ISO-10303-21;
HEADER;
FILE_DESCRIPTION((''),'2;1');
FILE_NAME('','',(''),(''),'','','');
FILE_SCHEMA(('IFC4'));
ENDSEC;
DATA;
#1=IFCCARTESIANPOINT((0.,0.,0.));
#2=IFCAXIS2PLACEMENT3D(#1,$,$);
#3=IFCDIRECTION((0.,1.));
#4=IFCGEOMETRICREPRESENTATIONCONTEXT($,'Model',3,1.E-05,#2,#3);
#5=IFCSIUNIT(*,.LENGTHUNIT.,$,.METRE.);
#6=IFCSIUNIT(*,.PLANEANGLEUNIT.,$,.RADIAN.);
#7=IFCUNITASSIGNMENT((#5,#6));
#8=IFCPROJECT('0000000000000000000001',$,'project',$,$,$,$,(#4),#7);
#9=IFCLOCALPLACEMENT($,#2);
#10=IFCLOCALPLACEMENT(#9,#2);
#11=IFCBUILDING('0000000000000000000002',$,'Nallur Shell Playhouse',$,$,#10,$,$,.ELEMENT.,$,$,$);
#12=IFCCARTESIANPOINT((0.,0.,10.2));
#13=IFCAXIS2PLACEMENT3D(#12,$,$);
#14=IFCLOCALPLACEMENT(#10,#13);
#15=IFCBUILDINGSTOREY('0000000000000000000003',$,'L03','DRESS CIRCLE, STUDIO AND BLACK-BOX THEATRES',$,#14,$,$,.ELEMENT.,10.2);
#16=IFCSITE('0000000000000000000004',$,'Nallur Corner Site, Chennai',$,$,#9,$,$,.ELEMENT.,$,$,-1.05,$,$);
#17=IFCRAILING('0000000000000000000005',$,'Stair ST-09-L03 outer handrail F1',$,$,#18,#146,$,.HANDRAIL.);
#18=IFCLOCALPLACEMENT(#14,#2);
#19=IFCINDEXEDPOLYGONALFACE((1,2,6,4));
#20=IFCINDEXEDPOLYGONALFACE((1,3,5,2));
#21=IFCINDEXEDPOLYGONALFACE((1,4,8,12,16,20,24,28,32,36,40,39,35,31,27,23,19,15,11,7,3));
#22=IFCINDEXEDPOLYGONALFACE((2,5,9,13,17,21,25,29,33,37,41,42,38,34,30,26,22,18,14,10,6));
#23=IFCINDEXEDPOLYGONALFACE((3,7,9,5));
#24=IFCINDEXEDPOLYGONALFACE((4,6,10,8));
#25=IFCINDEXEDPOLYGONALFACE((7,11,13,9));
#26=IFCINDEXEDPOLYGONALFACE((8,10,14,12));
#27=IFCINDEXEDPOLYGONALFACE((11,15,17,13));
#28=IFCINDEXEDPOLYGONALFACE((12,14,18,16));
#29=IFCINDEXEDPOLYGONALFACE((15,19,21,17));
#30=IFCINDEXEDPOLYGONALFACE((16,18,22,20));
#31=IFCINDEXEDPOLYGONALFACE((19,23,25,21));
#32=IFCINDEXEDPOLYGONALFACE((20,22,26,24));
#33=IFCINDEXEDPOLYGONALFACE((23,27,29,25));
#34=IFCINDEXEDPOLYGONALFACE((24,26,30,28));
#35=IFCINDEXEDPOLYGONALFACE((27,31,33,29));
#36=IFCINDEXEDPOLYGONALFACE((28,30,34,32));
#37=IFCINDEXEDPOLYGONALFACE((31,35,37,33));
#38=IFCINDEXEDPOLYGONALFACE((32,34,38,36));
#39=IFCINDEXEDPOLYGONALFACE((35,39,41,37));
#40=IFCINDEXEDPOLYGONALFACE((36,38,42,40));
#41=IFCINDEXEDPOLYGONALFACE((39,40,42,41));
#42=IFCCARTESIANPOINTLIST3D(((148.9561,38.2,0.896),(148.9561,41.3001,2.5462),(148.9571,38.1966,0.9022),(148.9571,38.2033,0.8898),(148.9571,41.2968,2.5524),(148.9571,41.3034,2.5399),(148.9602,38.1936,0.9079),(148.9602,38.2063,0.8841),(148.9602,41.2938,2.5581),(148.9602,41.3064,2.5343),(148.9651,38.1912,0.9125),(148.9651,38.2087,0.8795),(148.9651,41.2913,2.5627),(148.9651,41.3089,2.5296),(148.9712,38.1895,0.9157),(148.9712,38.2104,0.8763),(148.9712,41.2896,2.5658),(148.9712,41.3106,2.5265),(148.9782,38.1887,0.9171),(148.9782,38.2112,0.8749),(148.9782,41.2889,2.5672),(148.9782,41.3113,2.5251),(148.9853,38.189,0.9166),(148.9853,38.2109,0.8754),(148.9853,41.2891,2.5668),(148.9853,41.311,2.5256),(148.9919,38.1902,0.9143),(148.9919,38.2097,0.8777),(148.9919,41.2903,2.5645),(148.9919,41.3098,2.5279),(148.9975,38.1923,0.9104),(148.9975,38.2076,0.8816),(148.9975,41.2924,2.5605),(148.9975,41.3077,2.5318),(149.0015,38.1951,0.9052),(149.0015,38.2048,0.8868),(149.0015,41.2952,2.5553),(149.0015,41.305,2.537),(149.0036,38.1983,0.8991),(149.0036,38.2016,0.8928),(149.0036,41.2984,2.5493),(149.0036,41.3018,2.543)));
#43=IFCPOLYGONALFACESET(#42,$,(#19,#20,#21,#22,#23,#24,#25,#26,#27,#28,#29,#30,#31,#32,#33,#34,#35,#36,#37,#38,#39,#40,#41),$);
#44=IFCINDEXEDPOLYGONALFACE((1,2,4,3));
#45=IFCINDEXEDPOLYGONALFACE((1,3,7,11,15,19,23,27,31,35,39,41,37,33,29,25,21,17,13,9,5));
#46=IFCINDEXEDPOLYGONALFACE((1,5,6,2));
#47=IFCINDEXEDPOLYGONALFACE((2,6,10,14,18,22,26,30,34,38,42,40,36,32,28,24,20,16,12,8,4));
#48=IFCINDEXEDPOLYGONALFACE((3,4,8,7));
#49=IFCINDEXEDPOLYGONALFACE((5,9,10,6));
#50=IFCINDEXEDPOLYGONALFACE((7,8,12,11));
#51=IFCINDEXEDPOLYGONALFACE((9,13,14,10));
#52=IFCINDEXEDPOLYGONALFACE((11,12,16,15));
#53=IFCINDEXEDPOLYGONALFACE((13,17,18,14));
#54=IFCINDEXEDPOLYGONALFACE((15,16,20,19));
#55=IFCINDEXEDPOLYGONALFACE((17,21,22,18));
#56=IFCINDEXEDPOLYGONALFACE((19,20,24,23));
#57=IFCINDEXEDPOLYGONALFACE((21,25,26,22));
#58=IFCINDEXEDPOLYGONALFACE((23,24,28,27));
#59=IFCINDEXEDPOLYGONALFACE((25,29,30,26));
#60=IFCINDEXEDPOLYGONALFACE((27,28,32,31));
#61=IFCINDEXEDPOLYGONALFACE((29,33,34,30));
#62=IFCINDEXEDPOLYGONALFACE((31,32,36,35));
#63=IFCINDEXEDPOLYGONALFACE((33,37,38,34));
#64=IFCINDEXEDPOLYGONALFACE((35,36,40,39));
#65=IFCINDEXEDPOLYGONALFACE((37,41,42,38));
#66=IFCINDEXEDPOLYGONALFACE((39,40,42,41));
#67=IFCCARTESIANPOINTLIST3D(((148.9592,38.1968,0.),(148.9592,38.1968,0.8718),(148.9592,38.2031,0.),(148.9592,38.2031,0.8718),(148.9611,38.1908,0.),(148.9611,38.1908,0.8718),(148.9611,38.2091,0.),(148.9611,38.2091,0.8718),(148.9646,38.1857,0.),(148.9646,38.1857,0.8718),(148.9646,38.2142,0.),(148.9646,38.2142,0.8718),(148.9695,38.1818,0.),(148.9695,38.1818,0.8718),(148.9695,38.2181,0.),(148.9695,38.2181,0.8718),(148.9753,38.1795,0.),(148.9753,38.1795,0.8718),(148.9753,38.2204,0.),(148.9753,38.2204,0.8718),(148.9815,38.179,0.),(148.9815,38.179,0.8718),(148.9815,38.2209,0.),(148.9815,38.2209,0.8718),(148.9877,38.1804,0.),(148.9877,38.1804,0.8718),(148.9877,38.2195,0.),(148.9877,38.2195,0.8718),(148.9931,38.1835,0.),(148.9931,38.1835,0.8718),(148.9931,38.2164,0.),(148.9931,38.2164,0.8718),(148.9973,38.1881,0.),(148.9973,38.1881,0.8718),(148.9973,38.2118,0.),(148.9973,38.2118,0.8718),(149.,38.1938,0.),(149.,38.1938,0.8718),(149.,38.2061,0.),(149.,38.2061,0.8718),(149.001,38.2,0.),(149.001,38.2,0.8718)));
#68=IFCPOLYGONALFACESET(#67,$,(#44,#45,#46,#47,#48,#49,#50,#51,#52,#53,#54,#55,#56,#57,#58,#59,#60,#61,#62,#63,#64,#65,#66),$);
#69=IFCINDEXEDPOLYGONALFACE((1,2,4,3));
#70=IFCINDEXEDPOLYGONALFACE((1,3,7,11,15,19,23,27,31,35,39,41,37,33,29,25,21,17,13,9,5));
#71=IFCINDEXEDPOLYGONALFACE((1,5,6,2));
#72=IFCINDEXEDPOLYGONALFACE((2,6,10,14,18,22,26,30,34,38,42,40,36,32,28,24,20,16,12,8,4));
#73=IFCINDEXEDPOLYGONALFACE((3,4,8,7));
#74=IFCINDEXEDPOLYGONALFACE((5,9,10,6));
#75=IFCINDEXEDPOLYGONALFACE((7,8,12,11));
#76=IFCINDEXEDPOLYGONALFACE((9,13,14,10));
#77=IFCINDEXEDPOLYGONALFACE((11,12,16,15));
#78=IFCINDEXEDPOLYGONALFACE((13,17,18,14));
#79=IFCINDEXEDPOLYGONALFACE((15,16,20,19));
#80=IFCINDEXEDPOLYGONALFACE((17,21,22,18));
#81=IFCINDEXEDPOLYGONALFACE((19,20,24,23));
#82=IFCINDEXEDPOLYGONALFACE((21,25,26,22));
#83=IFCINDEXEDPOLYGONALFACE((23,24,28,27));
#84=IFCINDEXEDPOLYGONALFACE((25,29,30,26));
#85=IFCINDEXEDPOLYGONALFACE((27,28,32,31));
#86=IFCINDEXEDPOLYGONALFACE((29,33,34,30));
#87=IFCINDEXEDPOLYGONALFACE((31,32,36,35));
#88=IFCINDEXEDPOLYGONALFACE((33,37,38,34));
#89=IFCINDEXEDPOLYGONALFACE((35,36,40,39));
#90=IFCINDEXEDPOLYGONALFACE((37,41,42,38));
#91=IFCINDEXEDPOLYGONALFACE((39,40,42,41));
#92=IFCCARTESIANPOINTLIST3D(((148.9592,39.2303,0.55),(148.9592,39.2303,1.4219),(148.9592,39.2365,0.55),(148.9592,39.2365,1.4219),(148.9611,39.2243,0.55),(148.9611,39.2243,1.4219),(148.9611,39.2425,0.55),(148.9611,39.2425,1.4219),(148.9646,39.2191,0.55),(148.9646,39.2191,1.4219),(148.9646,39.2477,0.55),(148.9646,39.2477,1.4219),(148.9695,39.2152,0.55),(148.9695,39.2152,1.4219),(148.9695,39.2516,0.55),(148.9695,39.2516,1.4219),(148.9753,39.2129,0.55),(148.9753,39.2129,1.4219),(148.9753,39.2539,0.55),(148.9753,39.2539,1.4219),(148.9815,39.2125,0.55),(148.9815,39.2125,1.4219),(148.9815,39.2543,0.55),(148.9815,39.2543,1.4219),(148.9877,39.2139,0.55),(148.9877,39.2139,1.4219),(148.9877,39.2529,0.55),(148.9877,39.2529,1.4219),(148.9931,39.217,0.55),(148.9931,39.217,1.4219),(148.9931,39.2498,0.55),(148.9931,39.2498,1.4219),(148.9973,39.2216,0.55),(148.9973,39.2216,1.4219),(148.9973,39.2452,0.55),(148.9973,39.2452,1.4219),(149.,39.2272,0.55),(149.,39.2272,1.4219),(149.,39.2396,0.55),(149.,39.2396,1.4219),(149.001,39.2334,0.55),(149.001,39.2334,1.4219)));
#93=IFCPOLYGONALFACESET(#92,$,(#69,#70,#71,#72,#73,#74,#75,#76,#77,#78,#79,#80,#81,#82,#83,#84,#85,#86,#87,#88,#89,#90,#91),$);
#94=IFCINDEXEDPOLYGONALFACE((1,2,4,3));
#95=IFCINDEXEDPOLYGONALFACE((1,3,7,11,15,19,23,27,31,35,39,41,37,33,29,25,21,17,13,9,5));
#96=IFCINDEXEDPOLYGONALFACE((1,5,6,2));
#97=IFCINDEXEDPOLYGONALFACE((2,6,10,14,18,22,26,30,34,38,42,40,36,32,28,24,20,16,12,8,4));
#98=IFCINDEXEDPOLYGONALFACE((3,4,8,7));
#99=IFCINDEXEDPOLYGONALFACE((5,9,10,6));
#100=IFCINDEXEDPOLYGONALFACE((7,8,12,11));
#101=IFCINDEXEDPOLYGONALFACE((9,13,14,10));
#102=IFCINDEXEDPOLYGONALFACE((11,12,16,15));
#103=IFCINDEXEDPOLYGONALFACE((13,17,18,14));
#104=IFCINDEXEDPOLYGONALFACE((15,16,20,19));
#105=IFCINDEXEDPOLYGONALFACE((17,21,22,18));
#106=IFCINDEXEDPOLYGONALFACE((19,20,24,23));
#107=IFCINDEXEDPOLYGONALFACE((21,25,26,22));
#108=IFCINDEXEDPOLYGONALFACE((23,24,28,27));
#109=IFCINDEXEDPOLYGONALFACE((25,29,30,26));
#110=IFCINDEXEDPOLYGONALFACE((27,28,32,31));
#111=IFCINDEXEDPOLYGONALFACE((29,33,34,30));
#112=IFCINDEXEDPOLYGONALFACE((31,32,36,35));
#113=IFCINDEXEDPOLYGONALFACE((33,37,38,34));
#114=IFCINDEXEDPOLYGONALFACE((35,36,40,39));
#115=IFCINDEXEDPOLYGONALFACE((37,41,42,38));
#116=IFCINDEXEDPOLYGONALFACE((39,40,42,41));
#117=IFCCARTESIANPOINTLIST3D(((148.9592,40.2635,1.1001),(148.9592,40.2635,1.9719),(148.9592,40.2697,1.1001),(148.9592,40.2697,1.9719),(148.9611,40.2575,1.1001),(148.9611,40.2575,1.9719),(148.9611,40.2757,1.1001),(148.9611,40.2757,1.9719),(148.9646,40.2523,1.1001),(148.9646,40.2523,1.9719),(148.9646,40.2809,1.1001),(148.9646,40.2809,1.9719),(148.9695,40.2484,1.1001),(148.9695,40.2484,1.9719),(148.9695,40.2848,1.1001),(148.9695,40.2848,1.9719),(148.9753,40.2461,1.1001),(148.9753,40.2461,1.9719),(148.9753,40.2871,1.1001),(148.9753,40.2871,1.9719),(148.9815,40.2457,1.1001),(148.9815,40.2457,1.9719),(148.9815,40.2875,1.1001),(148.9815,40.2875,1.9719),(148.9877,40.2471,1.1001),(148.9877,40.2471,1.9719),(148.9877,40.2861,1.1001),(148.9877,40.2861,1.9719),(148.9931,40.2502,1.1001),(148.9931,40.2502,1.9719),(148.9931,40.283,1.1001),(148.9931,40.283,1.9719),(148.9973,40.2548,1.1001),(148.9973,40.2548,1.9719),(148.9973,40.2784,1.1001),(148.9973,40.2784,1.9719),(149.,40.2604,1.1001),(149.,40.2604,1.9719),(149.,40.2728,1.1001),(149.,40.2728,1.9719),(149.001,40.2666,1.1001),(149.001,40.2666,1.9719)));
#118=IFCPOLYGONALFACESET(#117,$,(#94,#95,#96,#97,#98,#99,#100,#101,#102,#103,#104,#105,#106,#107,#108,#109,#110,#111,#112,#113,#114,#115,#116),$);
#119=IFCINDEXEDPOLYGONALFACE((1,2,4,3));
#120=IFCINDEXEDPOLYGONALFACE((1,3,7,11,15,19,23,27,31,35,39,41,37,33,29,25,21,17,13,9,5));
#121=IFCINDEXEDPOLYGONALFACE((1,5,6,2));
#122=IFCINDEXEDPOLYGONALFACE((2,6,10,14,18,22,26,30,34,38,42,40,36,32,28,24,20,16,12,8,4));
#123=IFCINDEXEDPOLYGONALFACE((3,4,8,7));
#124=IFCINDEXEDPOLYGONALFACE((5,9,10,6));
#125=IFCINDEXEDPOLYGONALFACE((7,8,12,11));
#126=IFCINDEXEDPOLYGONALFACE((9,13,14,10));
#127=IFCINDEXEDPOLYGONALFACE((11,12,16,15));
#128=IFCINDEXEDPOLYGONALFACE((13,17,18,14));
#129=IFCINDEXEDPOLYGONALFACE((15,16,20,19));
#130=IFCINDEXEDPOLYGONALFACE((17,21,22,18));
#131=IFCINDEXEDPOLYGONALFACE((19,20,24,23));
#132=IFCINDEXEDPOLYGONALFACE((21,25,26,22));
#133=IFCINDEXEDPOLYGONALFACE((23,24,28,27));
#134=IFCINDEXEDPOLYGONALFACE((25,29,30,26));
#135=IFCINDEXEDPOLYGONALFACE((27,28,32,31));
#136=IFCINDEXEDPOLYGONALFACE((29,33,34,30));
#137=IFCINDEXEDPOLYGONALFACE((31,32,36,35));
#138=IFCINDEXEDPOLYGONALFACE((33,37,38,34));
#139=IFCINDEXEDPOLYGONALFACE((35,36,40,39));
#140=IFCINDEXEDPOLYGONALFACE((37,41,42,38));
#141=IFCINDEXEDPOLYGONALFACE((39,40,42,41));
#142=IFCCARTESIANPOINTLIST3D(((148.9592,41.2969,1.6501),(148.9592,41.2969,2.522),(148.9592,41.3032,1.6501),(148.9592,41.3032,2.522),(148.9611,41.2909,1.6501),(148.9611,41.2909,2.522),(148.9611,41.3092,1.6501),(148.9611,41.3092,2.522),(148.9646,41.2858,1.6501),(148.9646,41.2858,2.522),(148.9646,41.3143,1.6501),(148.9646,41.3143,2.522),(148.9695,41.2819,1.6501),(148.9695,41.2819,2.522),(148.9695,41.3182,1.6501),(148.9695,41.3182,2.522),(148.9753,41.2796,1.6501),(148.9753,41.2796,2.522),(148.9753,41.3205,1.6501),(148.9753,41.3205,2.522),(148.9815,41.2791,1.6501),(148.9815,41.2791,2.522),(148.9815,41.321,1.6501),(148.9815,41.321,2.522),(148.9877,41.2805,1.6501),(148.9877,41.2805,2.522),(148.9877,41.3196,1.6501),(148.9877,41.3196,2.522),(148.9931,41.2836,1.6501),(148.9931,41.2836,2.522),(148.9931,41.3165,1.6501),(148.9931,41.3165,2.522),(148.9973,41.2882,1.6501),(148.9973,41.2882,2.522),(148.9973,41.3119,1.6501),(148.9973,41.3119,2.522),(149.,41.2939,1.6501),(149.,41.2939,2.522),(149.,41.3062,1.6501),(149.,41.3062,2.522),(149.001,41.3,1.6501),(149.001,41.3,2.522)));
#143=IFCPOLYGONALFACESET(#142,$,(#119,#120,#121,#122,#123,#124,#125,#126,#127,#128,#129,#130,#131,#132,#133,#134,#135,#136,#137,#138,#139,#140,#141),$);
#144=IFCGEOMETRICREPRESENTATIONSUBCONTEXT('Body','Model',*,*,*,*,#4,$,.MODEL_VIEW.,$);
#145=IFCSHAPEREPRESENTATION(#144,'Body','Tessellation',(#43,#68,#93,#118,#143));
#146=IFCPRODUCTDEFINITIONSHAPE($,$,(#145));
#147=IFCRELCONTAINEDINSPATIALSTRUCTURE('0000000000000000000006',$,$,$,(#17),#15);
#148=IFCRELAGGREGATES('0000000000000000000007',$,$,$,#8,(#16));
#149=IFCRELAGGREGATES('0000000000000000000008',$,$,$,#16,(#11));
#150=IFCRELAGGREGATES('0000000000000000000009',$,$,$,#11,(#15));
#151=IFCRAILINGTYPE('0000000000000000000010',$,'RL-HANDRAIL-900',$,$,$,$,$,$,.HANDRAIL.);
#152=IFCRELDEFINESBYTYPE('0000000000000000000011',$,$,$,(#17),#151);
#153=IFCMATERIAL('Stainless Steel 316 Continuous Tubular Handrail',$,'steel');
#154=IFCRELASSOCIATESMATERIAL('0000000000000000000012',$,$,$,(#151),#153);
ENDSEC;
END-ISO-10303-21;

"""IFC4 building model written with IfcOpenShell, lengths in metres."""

from ifc_helpers import new_model, si_unit, direction, frame, origin, origin_2d, place, context, subcontext, project, spatial, circle, extrude, material, type_object, element, save


model = new_model("IFC4")

# Units and contexts
model_context = context("Model", 3, precision=1e-05, world=origin(), true_north=direction((0.0, 1.0)))
body_context = subcontext(model_context, "Body", "Model", "MODEL_VIEW")
ifc_project = project(units=[si_unit("LENGTHUNIT", "METRE"), si_unit("PLANEANGLEUNIT", "RADIAN")], contexts=[model_context])

# Site, building, storey
site_placement = place(None, origin())
site = spatial("IfcSite", under=ifc_project, at=site_placement, Name="Nallur Corner Site, Chennai", CompositionType="ELEMENT", RefElevation=-1.05)
building_placement = place(site_placement, origin())
building = spatial("IfcBuilding", under=site, at=building_placement, Name="Nallur Shell Playhouse", CompositionType="ELEMENT")
storey_placement = place(building_placement, frame((0.0, 0.0, 10.2)))
storey = spatial("IfcBuildingStorey", under=building, at=storey_placement, Name="L03", Description="DRESS CIRCLE, STUDIO AND BLACK-BOX THEATRES", CompositionType="ELEMENT", Elevation=10.2)

# Railing
ifc_material_1 = material(Name="Stainless Steel 316 Continuous Tubular Handrail", Category="steel")
railing_type_1 = type_object("IfcRailingType", Name="RL-HANDRAIL-900", PredefinedType="HANDRAIL", material=ifc_material_1)
railing_1_placement = place(storey_placement, frame((148.98, 38.2, 0.0)))
element("IfcRailing", 1, at=railing_1_placement, inside=storey, type_object=railing_type_1, Name="Stair ST-09-L03 outer handrail F1", PredefinedType="HANDRAIL", context=body_context, shape_type="SweptSolid", body=[
    extrude(circle(Radius=0.0239, at=origin_2d()), frame((0.0, 0.0, 0.896), z_axis=(0.0, 0.882736, 0.46987), x_axis=(-1.0, 0.0, 0.0)), (0.0, 0.0, 1.0), 3.512),
    extrude(circle(Radius=0.021, at=origin_2d()), origin(), (0.0, 0.0, 1.0), 0.8718),
    extrude(circle(Radius=0.021, at=origin_2d()), frame((0.0, 1.0334, 0.55)), (0.0, 0.0, 1.0), 0.8718),
    extrude(circle(Radius=0.021, at=origin_2d()), frame((0.0, 2.0667, 1.1001)), (0.0, 0.0, 1.0), 0.8718),
    extrude(circle(Radius=0.021, at=origin_2d()), frame((0.0, 3.1001, 1.6501)), (0.0, 0.0, 1.0), 0.8718),
])

save(model, "model.ifc")
